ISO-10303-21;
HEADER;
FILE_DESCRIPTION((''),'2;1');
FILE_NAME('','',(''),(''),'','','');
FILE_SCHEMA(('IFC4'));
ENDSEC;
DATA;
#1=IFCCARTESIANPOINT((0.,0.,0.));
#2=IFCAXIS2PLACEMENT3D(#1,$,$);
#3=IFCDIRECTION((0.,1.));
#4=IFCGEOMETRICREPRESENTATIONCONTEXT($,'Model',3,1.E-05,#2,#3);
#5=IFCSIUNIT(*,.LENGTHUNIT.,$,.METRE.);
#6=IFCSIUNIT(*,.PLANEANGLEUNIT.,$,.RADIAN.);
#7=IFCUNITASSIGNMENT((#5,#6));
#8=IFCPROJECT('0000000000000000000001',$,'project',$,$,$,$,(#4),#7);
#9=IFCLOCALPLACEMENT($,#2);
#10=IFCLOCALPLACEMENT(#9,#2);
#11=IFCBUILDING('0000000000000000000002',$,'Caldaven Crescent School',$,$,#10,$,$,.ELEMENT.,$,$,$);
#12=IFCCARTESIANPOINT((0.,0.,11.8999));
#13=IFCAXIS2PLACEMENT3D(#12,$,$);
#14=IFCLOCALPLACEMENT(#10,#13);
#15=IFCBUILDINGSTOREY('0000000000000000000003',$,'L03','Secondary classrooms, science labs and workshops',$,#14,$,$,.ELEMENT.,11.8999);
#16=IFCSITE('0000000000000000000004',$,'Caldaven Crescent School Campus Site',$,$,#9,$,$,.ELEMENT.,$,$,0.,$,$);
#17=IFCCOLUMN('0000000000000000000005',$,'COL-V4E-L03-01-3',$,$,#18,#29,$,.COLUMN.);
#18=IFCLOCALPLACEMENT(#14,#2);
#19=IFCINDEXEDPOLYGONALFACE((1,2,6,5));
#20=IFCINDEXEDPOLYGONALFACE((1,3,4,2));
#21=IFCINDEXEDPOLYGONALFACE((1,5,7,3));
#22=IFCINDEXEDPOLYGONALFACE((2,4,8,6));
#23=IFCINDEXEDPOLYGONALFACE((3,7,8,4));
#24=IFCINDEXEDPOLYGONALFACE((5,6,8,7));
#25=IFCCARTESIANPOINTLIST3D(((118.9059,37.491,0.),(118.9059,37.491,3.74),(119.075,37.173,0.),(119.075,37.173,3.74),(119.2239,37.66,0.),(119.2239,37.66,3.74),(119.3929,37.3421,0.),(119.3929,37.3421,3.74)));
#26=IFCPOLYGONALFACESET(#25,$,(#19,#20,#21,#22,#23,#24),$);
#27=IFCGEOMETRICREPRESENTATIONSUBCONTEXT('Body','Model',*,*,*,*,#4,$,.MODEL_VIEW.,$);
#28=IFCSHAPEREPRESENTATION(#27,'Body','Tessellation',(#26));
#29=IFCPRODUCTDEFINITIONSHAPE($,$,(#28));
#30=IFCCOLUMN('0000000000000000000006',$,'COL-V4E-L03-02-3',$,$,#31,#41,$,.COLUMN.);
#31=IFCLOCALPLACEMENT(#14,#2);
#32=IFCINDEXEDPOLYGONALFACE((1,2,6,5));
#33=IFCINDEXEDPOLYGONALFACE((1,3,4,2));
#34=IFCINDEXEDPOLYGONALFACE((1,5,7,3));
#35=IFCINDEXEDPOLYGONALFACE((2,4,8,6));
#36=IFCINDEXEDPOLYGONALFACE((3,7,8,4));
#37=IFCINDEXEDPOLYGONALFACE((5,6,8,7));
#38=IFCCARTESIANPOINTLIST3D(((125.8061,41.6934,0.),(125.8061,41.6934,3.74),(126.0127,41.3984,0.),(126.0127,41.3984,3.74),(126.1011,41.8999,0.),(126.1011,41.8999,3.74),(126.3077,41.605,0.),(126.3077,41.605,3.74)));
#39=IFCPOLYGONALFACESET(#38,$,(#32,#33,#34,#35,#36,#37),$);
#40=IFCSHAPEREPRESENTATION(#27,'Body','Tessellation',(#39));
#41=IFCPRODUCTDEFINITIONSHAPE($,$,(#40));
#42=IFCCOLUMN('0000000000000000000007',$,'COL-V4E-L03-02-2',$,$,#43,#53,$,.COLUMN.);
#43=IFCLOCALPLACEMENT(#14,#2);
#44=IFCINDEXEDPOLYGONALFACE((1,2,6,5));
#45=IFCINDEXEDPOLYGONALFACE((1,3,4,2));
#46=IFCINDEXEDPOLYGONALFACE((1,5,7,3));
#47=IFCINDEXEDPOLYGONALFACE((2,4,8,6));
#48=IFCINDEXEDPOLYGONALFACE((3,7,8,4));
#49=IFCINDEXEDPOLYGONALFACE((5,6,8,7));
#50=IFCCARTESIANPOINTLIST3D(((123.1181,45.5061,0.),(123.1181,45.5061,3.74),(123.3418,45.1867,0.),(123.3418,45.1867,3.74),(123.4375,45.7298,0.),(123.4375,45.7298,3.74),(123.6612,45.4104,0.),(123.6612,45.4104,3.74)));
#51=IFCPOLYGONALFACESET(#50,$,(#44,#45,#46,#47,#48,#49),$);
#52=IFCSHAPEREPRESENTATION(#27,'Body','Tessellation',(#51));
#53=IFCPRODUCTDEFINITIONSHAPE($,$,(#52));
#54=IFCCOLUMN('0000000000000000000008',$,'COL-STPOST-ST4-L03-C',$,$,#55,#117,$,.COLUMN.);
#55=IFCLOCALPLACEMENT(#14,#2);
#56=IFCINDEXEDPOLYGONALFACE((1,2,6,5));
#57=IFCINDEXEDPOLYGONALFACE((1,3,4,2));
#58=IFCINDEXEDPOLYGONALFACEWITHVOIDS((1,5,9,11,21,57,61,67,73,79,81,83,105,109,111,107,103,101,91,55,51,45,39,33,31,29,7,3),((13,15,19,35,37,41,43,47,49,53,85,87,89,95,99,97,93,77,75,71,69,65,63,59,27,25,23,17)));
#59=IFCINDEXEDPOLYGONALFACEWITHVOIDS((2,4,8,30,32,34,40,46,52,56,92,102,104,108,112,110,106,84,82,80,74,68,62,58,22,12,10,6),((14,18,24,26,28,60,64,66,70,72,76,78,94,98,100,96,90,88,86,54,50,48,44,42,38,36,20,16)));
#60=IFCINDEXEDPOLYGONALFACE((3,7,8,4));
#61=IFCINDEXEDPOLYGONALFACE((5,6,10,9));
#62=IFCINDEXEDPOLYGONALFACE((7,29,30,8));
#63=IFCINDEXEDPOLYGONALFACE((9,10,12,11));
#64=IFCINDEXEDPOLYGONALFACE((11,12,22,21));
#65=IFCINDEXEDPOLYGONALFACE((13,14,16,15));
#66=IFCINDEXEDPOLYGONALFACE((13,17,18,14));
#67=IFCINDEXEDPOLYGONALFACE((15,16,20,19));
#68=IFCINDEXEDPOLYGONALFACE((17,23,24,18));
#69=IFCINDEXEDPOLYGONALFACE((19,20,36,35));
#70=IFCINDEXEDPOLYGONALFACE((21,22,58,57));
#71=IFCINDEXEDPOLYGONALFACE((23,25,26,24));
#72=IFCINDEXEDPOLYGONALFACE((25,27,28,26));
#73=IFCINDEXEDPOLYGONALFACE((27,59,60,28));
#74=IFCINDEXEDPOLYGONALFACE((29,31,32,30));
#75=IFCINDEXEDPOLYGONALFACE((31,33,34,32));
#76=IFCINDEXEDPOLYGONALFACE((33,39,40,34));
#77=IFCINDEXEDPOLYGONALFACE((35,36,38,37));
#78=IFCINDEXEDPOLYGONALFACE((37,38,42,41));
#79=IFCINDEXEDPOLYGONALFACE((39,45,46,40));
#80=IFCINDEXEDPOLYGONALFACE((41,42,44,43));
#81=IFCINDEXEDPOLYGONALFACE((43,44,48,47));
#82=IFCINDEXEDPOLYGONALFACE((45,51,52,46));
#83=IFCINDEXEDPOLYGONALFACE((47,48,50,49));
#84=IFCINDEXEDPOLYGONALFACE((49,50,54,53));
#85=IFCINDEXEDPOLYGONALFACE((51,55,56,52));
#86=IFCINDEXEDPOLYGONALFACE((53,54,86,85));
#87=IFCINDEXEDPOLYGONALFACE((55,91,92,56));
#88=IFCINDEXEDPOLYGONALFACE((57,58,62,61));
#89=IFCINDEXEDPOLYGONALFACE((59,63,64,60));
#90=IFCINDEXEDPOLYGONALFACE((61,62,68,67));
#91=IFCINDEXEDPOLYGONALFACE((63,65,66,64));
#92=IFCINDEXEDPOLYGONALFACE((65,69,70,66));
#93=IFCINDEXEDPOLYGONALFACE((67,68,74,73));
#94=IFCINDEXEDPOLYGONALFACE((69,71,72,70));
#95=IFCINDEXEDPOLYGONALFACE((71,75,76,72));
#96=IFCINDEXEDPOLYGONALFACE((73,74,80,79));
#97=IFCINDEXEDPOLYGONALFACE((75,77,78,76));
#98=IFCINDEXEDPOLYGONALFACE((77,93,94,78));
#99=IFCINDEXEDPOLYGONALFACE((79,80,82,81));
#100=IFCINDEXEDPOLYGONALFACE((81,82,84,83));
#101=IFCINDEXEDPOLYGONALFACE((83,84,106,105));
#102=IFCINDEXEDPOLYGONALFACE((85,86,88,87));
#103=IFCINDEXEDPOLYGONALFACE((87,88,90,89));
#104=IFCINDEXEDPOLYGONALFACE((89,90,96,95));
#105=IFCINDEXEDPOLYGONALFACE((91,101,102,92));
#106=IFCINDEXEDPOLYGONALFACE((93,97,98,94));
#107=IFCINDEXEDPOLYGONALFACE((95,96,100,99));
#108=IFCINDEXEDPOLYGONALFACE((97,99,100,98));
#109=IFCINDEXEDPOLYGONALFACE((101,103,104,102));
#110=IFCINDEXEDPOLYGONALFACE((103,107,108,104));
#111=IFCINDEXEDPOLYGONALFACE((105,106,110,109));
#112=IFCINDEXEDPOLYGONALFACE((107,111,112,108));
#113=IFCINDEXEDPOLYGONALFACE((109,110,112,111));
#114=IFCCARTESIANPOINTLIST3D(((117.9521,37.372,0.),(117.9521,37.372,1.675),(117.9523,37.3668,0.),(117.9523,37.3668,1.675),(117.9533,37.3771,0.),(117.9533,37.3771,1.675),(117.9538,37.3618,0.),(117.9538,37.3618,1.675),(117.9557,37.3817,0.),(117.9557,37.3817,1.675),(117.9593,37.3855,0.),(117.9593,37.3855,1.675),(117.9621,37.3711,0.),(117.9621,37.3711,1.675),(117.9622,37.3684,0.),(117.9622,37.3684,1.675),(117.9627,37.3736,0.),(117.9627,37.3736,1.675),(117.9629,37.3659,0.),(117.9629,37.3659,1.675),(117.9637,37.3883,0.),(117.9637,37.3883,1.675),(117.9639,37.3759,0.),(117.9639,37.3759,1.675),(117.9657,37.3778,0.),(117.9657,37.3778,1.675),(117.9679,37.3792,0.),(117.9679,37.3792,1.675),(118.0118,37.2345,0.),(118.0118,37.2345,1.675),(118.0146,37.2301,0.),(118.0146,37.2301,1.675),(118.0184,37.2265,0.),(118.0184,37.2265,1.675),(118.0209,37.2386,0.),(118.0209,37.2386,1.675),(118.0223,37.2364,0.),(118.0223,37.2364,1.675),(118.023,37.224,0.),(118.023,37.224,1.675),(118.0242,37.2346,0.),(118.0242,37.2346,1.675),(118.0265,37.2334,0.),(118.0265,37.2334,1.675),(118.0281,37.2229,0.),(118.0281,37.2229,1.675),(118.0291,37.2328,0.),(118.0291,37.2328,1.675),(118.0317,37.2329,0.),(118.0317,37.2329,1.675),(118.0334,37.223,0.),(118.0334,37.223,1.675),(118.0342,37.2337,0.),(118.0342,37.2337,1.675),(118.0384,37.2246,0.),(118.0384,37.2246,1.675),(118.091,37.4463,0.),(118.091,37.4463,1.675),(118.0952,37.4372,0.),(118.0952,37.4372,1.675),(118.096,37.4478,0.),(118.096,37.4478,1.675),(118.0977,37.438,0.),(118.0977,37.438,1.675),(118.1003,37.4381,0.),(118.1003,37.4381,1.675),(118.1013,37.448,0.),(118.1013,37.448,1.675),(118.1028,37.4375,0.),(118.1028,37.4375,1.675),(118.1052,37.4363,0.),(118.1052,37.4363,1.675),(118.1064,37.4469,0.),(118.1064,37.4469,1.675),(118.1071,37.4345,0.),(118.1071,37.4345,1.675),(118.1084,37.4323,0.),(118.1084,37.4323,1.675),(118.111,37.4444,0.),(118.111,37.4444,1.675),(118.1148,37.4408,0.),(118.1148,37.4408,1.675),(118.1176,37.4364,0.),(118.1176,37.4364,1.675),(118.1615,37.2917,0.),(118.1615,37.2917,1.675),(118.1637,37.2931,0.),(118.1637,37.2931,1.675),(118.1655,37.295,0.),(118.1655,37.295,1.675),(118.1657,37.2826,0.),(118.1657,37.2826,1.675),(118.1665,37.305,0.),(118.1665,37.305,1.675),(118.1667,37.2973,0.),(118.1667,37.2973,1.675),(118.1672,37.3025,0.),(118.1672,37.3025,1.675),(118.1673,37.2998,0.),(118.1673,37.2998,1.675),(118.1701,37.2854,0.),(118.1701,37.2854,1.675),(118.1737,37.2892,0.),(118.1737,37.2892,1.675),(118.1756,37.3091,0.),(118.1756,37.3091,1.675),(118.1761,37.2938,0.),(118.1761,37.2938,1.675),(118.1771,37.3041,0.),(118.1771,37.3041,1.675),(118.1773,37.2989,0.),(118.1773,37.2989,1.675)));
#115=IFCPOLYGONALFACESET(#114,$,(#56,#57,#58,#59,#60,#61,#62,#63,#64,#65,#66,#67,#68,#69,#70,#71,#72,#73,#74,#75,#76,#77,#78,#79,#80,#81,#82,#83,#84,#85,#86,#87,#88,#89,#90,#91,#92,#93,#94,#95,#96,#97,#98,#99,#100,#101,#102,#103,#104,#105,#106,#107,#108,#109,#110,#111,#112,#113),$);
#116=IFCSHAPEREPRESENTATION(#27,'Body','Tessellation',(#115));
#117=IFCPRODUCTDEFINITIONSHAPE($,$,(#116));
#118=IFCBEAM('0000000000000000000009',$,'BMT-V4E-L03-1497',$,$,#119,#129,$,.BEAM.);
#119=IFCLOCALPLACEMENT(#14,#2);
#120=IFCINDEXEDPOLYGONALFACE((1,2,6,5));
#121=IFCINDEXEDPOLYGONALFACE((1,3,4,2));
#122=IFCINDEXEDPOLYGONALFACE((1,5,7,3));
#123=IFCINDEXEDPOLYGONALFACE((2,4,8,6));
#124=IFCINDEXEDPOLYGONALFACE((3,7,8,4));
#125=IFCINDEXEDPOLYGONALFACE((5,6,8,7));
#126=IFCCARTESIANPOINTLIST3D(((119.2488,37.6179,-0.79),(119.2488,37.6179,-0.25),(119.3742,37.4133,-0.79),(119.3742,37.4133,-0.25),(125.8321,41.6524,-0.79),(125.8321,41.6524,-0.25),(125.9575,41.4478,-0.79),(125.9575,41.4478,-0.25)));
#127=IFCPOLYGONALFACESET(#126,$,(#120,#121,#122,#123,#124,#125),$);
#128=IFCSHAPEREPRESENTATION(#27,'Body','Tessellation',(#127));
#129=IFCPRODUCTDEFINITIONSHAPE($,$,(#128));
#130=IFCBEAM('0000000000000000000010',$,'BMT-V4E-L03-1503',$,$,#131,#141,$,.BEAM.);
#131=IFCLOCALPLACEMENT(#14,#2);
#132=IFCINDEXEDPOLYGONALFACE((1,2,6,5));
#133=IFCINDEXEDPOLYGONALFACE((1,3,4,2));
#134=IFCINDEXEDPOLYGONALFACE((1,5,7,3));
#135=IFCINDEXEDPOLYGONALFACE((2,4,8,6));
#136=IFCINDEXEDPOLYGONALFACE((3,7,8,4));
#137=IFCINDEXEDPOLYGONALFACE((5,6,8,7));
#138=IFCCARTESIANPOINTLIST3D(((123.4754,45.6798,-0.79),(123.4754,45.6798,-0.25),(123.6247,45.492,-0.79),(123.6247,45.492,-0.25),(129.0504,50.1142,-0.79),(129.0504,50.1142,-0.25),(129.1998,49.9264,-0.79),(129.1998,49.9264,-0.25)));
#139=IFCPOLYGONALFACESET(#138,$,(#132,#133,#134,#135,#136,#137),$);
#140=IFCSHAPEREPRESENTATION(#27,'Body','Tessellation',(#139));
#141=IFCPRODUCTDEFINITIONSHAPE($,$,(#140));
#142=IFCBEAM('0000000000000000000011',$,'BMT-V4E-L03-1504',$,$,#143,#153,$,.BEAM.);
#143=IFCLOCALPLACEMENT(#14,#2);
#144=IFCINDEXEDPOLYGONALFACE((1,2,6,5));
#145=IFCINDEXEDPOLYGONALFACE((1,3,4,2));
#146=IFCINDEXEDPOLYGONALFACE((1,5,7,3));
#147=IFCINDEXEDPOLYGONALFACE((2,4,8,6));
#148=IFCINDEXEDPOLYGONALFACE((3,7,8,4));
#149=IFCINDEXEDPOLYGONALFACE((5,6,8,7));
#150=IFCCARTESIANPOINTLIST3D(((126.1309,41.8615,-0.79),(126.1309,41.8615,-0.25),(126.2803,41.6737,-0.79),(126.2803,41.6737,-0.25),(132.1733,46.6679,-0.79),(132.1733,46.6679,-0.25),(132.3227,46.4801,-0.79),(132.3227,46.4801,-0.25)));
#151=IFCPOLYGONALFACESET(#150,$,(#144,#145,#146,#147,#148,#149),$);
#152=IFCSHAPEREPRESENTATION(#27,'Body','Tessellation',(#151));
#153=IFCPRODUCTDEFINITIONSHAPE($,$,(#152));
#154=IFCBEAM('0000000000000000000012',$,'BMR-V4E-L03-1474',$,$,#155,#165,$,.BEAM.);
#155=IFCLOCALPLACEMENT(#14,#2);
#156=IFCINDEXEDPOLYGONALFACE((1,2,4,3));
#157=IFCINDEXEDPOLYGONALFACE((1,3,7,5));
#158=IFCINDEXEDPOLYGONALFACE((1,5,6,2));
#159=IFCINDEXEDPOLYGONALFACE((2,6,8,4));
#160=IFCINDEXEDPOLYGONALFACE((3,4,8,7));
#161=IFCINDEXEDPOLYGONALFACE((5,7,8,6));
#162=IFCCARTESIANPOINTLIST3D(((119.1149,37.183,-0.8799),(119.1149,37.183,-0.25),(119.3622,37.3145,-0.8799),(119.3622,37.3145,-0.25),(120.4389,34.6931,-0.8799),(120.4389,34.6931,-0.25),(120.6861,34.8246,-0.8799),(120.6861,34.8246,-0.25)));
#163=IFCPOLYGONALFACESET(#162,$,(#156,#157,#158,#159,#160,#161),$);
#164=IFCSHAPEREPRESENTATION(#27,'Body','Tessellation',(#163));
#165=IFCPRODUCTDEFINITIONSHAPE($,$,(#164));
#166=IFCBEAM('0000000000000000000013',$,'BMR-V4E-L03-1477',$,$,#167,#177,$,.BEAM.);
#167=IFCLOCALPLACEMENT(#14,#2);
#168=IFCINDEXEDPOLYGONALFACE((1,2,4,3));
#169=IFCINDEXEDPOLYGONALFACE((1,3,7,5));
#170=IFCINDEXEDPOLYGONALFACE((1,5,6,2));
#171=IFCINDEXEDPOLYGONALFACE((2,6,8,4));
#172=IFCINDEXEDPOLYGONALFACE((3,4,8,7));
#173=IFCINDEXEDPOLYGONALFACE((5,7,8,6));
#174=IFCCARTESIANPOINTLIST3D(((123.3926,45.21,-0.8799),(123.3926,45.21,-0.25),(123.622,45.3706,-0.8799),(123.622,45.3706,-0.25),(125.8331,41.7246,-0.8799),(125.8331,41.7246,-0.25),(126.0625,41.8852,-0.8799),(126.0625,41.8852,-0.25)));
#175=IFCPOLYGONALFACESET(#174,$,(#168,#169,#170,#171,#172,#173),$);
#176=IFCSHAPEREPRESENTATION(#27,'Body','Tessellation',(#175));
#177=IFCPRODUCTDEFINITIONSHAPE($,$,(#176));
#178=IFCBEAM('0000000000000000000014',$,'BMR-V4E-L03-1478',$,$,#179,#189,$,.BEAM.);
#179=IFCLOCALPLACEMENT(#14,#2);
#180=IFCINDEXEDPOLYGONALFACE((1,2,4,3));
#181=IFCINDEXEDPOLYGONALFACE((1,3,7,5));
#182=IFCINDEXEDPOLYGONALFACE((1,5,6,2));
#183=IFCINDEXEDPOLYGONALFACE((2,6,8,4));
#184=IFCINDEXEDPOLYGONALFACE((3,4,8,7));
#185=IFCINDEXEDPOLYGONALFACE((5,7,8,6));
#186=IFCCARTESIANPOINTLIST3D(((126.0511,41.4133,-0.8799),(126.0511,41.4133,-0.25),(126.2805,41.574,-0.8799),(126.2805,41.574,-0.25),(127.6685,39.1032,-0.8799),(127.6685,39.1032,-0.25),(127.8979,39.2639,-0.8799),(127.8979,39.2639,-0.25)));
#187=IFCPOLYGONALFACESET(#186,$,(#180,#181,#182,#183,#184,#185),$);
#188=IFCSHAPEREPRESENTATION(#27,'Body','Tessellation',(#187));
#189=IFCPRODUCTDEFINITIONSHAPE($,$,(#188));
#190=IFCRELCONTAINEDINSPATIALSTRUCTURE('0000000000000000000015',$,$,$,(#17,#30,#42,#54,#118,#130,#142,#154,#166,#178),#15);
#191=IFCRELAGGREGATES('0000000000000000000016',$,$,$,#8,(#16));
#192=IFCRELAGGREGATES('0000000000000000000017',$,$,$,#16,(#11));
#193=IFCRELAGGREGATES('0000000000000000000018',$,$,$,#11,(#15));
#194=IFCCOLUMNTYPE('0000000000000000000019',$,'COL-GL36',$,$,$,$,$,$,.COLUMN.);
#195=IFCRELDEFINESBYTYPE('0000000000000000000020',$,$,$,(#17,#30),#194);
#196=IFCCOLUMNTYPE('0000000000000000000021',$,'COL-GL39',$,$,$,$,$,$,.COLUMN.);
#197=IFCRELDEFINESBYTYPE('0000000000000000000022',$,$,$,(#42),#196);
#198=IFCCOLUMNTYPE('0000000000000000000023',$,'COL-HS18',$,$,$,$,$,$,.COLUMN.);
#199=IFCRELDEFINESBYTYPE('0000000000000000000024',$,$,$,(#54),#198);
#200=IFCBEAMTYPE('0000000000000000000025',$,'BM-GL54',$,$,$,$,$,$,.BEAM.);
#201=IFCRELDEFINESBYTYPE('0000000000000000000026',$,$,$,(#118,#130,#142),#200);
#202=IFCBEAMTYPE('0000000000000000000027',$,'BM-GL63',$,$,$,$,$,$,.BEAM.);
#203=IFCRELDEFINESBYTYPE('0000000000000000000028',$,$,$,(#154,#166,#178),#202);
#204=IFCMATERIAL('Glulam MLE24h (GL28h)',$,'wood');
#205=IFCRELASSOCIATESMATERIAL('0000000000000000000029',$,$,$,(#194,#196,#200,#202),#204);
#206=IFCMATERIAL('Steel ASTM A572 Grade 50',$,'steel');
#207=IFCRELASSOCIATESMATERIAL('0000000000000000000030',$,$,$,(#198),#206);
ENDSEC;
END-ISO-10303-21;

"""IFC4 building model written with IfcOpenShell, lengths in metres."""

from ifc_helpers import new_model, si_unit, direction, frame, origin, origin_2d, place, context, subcontext, project, spatial, rectangle, hollow_rectangle, extrude, material, material_profile, profile_set, type_object, element, save


model = new_model("IFC4")

# Units and contexts
model_context = context("Model", 3, precision=1e-05, world=origin(), true_north=direction((0.0, 1.0)))
body_context = subcontext(model_context, "Body", "Model", "MODEL_VIEW")
ifc_project = project(units=[si_unit("LENGTHUNIT", "METRE"), si_unit("PLANEANGLEUNIT", "RADIAN")], contexts=[model_context])

# Site, building, storey
site_placement = place(None, origin())
site = spatial("IfcSite", under=ifc_project, at=site_placement, Name="Caldaven Crescent School Campus Site", CompositionType="ELEMENT", RefElevation=0.0)
building_placement = place(site_placement, origin())
building = spatial("IfcBuilding", under=site, at=building_placement, Name="Caldaven Crescent School", CompositionType="ELEMENT")
storey_placement = place(building_placement, frame((0.0, 0.0, 11.8999)))
storey = spatial("IfcBuildingStorey", under=building, at=storey_placement, Name="L03", Description="Secondary classrooms, science labs and workshops", CompositionType="ELEMENT", Elevation=11.8999)

# Columns
ifc_material_1 = material(Name="Glulam MLE24h (GL28h)", Category="wood")
ifc_material_profile_1 = material_profile(ifc_material_1, rectangle(XDim=0.3601, YDim=0.3601, at=origin_2d()), Name="MLE 360x360")
ifc_profile_set_1 = profile_set([ifc_material_profile_1], Name="Glulam MLE24h (GL28h)")
column_type_1 = type_object("IfcColumnType", Name="COL-GL36", PredefinedType="COLUMN", material=ifc_profile_set_1)
for number, where, z_axis, x_axis, name in (
    (1, (119.1494, 37.4165, 0.0), (0.0, 0.0, 1.0), (0.469472, -0.882948, 0.0), "COL-V4E-L03-01-3"),
    (2, (126.0569, 41.6492, 0.0), (0.0, 0.0, 1.0), (0.573576, -0.819152, 0.0), "COL-V4E-L03-02-3"),
):
    element("IfcColumn", number, at=place(storey_placement, frame(where, z_axis=z_axis, x_axis=x_axis)), inside=storey, type_object=column_type_1, Name=name, PredefinedType="COLUMN", context=body_context, shape_type="SweptSolid", body=[
        extrude(rectangle(XDim=0.3601, YDim=0.3601, at=origin_2d()), origin(), (0.0, 0.0, 1.0), 3.74),
    ])
ifc_material_profile_2 = material_profile(ifc_material_1, rectangle(XDim=0.3899, YDim=0.3899, at=origin_2d()), Name="MLE 390x390")
ifc_profile_set_2 = profile_set([ifc_material_profile_2], Name="Glulam MLE24h (GL28h)")
column_type_2 = type_object("IfcColumnType", Name="COL-GL39", PredefinedType="COLUMN", material=ifc_profile_set_2)
column_1_placement = place(storey_placement, frame((123.3896, 45.4583, 0.0), z_axis=(0.0, 0.0, 1.0), x_axis=(0.573576, -0.819152, 0.0)))
element("IfcColumn", 3, at=column_1_placement, inside=storey, type_object=column_type_2, Name="COL-V4E-L03-02-2", PredefinedType="COLUMN", context=body_context, shape_type="SweptSolid", body=[
    extrude(rectangle(XDim=0.3899, YDim=0.3899, at=origin_2d()), origin(), (0.0, 0.0, 1.0), 3.74),
])
ifc_material_2 = material(Name="Steel ASTM A572 Grade 50", Category="steel")
ifc_material_profile_3 = material_profile(ifc_material_2, hollow_rectangle(XDim=0.1799, YDim=0.1799, WallThickness=0.01, InnerFilletRadius=0.01, OuterFilletRadius=0.02, at=origin_2d()), Name="HSS 180x180x10")
ifc_profile_set_3 = profile_set([ifc_material_profile_3], Name="Steel ASTM A572 Grade 50")
column_type_3 = type_object("IfcColumnType", Name="COL-HS18", PredefinedType="COLUMN", material=ifc_profile_set_3)
column_2_placement = place(storey_placement, frame((118.0647, 37.3354, 0.0), z_axis=(0.0, 0.0, 1.0), x_axis=(0.909961, 0.414693, 0.0)))
element("IfcColumn", 4, at=column_2_placement, inside=storey, type_object=column_type_3, Name="COL-STPOST-ST4-L03-C", PredefinedType="COLUMN", context=body_context, shape_type="SweptSolid", body=[
    extrude(hollow_rectangle(XDim=0.1799, YDim=0.1799, WallThickness=0.01, InnerFilletRadius=0.01, OuterFilletRadius=0.02, at=origin_2d()), origin(), (0.0, 0.0, 1.0), 1.675),
])

# Beams
ifc_material_profile_4 = material_profile(ifc_material_1, rectangle(XDim=0.24, YDim=0.54, at=origin_2d()), Name="MLE 240x540")
ifc_profile_set_4 = profile_set([ifc_material_profile_4], Name="Glulam MLE24h (GL28h)")
beam_type_1 = type_object("IfcBeamType", Name="BM-GL54", PredefinedType="BEAM", material=ifc_profile_set_4)
beam_1_placement = place(storey_placement, frame((119.3115, 37.5156, -0.52), z_axis=(0.852629, 0.522518, 0.0), x_axis=(-0.522518, 0.852629, 0.0)))
element("IfcBeam", 5, at=beam_1_placement, inside=storey, type_object=beam_type_1, Name="BMT-V4E-L03-1497", PredefinedType="BEAM", context=body_context, shape_type="SweptSolid", body=[
    extrude(rectangle(XDim=0.24, YDim=0.54, at=origin_2d()), origin(), (0.0, 0.0, 1.0), 7.7212),
])
beam_2_placement = place(storey_placement, frame((123.55, 45.5859, -0.52), z_axis=(0.782621, 0.622498, 0.0), x_axis=(-0.622498, 0.782621, 0.0)))
element("IfcBeam", 6, at=beam_2_placement, inside=storey, type_object=beam_type_1, Name="BMT-V4E-L03-1503", PredefinedType="BEAM", context=body_context, shape_type="SweptSolid", body=[
    extrude(rectangle(XDim=0.24, YDim=0.54, at=origin_2d()), origin(), (0.0, 0.0, 1.0), 7.1235),
])
beam_3_placement = place(storey_placement, frame((126.2056, 41.7676, -0.52), z_axis=(0.782609, 0.622514, 0.0), x_axis=(-0.622514, 0.782609, 0.0)))
element("IfcBeam", 7, at=beam_3_placement, inside=storey, type_object=beam_type_1, Name="BMT-V4E-L03-1504", PredefinedType="BEAM", context=body_context, shape_type="SweptSolid", body=[
    extrude(rectangle(XDim=0.24, YDim=0.54, at=origin_2d()), origin(), (0.0, 0.0, 1.0), 7.7209),
])
ifc_material_profile_5 = material_profile(ifc_material_1, rectangle(XDim=0.28, YDim=0.6299, at=origin_2d()), Name="MLE 280x630")
ifc_profile_set_5 = profile_set([ifc_material_profile_5], Name="Glulam MLE24h (GL28h)")
beam_type_2 = type_object("IfcBeamType", Name="BM-GL63", PredefinedType="BEAM", material=ifc_profile_set_5)
beam_4_placement = place(storey_placement, frame((119.2385, 37.2488, -0.5649), z_axis=(0.469478, -0.882944, 0.0), x_axis=(0.882944, 0.469478, 0.0)))
element("IfcBeam", 8, at=beam_4_placement, inside=storey, type_object=beam_type_2, Name="BMR-V4E-L03-1474", PredefinedType="BEAM", context=body_context, shape_type="SweptSolid", body=[
    extrude(rectangle(XDim=0.28, YDim=0.6299, at=origin_2d()), origin(), (0.0, 0.0, 1.0), 2.8201),
])
beam_5_placement = place(storey_placement, frame((123.5073, 45.2903, -0.5649), z_axis=(0.57357, -0.819156, 0.0), x_axis=(0.819156, 0.57357, 0.0)))
element("IfcBeam", 9, at=beam_5_placement, inside=storey, type_object=beam_type_2, Name="BMR-V4E-L03-1477", PredefinedType="BEAM", context=body_context, shape_type="SweptSolid", body=[
    extrude(rectangle(XDim=0.28, YDim=0.6299, at=origin_2d()), origin(), (0.0, 0.0, 1.0), 4.2549),
])
beam_6_placement = place(storey_placement, frame((126.1658, 41.4937, -0.5649), z_axis=(0.573555, -0.819167, 0.0), x_axis=(0.819167, 0.573555, 0.0)))
element("IfcBeam", 10, at=beam_6_placement, inside=storey, type_object=beam_type_2, Name="BMR-V4E-L03-1478", PredefinedType="BEAM", context=body_context, shape_type="SweptSolid", body=[
    extrude(rectangle(XDim=0.28, YDim=0.6299, at=origin_2d()), origin(), (0.0, 0.0, 1.0), 2.8201),
])

save(model, "model.ifc")
